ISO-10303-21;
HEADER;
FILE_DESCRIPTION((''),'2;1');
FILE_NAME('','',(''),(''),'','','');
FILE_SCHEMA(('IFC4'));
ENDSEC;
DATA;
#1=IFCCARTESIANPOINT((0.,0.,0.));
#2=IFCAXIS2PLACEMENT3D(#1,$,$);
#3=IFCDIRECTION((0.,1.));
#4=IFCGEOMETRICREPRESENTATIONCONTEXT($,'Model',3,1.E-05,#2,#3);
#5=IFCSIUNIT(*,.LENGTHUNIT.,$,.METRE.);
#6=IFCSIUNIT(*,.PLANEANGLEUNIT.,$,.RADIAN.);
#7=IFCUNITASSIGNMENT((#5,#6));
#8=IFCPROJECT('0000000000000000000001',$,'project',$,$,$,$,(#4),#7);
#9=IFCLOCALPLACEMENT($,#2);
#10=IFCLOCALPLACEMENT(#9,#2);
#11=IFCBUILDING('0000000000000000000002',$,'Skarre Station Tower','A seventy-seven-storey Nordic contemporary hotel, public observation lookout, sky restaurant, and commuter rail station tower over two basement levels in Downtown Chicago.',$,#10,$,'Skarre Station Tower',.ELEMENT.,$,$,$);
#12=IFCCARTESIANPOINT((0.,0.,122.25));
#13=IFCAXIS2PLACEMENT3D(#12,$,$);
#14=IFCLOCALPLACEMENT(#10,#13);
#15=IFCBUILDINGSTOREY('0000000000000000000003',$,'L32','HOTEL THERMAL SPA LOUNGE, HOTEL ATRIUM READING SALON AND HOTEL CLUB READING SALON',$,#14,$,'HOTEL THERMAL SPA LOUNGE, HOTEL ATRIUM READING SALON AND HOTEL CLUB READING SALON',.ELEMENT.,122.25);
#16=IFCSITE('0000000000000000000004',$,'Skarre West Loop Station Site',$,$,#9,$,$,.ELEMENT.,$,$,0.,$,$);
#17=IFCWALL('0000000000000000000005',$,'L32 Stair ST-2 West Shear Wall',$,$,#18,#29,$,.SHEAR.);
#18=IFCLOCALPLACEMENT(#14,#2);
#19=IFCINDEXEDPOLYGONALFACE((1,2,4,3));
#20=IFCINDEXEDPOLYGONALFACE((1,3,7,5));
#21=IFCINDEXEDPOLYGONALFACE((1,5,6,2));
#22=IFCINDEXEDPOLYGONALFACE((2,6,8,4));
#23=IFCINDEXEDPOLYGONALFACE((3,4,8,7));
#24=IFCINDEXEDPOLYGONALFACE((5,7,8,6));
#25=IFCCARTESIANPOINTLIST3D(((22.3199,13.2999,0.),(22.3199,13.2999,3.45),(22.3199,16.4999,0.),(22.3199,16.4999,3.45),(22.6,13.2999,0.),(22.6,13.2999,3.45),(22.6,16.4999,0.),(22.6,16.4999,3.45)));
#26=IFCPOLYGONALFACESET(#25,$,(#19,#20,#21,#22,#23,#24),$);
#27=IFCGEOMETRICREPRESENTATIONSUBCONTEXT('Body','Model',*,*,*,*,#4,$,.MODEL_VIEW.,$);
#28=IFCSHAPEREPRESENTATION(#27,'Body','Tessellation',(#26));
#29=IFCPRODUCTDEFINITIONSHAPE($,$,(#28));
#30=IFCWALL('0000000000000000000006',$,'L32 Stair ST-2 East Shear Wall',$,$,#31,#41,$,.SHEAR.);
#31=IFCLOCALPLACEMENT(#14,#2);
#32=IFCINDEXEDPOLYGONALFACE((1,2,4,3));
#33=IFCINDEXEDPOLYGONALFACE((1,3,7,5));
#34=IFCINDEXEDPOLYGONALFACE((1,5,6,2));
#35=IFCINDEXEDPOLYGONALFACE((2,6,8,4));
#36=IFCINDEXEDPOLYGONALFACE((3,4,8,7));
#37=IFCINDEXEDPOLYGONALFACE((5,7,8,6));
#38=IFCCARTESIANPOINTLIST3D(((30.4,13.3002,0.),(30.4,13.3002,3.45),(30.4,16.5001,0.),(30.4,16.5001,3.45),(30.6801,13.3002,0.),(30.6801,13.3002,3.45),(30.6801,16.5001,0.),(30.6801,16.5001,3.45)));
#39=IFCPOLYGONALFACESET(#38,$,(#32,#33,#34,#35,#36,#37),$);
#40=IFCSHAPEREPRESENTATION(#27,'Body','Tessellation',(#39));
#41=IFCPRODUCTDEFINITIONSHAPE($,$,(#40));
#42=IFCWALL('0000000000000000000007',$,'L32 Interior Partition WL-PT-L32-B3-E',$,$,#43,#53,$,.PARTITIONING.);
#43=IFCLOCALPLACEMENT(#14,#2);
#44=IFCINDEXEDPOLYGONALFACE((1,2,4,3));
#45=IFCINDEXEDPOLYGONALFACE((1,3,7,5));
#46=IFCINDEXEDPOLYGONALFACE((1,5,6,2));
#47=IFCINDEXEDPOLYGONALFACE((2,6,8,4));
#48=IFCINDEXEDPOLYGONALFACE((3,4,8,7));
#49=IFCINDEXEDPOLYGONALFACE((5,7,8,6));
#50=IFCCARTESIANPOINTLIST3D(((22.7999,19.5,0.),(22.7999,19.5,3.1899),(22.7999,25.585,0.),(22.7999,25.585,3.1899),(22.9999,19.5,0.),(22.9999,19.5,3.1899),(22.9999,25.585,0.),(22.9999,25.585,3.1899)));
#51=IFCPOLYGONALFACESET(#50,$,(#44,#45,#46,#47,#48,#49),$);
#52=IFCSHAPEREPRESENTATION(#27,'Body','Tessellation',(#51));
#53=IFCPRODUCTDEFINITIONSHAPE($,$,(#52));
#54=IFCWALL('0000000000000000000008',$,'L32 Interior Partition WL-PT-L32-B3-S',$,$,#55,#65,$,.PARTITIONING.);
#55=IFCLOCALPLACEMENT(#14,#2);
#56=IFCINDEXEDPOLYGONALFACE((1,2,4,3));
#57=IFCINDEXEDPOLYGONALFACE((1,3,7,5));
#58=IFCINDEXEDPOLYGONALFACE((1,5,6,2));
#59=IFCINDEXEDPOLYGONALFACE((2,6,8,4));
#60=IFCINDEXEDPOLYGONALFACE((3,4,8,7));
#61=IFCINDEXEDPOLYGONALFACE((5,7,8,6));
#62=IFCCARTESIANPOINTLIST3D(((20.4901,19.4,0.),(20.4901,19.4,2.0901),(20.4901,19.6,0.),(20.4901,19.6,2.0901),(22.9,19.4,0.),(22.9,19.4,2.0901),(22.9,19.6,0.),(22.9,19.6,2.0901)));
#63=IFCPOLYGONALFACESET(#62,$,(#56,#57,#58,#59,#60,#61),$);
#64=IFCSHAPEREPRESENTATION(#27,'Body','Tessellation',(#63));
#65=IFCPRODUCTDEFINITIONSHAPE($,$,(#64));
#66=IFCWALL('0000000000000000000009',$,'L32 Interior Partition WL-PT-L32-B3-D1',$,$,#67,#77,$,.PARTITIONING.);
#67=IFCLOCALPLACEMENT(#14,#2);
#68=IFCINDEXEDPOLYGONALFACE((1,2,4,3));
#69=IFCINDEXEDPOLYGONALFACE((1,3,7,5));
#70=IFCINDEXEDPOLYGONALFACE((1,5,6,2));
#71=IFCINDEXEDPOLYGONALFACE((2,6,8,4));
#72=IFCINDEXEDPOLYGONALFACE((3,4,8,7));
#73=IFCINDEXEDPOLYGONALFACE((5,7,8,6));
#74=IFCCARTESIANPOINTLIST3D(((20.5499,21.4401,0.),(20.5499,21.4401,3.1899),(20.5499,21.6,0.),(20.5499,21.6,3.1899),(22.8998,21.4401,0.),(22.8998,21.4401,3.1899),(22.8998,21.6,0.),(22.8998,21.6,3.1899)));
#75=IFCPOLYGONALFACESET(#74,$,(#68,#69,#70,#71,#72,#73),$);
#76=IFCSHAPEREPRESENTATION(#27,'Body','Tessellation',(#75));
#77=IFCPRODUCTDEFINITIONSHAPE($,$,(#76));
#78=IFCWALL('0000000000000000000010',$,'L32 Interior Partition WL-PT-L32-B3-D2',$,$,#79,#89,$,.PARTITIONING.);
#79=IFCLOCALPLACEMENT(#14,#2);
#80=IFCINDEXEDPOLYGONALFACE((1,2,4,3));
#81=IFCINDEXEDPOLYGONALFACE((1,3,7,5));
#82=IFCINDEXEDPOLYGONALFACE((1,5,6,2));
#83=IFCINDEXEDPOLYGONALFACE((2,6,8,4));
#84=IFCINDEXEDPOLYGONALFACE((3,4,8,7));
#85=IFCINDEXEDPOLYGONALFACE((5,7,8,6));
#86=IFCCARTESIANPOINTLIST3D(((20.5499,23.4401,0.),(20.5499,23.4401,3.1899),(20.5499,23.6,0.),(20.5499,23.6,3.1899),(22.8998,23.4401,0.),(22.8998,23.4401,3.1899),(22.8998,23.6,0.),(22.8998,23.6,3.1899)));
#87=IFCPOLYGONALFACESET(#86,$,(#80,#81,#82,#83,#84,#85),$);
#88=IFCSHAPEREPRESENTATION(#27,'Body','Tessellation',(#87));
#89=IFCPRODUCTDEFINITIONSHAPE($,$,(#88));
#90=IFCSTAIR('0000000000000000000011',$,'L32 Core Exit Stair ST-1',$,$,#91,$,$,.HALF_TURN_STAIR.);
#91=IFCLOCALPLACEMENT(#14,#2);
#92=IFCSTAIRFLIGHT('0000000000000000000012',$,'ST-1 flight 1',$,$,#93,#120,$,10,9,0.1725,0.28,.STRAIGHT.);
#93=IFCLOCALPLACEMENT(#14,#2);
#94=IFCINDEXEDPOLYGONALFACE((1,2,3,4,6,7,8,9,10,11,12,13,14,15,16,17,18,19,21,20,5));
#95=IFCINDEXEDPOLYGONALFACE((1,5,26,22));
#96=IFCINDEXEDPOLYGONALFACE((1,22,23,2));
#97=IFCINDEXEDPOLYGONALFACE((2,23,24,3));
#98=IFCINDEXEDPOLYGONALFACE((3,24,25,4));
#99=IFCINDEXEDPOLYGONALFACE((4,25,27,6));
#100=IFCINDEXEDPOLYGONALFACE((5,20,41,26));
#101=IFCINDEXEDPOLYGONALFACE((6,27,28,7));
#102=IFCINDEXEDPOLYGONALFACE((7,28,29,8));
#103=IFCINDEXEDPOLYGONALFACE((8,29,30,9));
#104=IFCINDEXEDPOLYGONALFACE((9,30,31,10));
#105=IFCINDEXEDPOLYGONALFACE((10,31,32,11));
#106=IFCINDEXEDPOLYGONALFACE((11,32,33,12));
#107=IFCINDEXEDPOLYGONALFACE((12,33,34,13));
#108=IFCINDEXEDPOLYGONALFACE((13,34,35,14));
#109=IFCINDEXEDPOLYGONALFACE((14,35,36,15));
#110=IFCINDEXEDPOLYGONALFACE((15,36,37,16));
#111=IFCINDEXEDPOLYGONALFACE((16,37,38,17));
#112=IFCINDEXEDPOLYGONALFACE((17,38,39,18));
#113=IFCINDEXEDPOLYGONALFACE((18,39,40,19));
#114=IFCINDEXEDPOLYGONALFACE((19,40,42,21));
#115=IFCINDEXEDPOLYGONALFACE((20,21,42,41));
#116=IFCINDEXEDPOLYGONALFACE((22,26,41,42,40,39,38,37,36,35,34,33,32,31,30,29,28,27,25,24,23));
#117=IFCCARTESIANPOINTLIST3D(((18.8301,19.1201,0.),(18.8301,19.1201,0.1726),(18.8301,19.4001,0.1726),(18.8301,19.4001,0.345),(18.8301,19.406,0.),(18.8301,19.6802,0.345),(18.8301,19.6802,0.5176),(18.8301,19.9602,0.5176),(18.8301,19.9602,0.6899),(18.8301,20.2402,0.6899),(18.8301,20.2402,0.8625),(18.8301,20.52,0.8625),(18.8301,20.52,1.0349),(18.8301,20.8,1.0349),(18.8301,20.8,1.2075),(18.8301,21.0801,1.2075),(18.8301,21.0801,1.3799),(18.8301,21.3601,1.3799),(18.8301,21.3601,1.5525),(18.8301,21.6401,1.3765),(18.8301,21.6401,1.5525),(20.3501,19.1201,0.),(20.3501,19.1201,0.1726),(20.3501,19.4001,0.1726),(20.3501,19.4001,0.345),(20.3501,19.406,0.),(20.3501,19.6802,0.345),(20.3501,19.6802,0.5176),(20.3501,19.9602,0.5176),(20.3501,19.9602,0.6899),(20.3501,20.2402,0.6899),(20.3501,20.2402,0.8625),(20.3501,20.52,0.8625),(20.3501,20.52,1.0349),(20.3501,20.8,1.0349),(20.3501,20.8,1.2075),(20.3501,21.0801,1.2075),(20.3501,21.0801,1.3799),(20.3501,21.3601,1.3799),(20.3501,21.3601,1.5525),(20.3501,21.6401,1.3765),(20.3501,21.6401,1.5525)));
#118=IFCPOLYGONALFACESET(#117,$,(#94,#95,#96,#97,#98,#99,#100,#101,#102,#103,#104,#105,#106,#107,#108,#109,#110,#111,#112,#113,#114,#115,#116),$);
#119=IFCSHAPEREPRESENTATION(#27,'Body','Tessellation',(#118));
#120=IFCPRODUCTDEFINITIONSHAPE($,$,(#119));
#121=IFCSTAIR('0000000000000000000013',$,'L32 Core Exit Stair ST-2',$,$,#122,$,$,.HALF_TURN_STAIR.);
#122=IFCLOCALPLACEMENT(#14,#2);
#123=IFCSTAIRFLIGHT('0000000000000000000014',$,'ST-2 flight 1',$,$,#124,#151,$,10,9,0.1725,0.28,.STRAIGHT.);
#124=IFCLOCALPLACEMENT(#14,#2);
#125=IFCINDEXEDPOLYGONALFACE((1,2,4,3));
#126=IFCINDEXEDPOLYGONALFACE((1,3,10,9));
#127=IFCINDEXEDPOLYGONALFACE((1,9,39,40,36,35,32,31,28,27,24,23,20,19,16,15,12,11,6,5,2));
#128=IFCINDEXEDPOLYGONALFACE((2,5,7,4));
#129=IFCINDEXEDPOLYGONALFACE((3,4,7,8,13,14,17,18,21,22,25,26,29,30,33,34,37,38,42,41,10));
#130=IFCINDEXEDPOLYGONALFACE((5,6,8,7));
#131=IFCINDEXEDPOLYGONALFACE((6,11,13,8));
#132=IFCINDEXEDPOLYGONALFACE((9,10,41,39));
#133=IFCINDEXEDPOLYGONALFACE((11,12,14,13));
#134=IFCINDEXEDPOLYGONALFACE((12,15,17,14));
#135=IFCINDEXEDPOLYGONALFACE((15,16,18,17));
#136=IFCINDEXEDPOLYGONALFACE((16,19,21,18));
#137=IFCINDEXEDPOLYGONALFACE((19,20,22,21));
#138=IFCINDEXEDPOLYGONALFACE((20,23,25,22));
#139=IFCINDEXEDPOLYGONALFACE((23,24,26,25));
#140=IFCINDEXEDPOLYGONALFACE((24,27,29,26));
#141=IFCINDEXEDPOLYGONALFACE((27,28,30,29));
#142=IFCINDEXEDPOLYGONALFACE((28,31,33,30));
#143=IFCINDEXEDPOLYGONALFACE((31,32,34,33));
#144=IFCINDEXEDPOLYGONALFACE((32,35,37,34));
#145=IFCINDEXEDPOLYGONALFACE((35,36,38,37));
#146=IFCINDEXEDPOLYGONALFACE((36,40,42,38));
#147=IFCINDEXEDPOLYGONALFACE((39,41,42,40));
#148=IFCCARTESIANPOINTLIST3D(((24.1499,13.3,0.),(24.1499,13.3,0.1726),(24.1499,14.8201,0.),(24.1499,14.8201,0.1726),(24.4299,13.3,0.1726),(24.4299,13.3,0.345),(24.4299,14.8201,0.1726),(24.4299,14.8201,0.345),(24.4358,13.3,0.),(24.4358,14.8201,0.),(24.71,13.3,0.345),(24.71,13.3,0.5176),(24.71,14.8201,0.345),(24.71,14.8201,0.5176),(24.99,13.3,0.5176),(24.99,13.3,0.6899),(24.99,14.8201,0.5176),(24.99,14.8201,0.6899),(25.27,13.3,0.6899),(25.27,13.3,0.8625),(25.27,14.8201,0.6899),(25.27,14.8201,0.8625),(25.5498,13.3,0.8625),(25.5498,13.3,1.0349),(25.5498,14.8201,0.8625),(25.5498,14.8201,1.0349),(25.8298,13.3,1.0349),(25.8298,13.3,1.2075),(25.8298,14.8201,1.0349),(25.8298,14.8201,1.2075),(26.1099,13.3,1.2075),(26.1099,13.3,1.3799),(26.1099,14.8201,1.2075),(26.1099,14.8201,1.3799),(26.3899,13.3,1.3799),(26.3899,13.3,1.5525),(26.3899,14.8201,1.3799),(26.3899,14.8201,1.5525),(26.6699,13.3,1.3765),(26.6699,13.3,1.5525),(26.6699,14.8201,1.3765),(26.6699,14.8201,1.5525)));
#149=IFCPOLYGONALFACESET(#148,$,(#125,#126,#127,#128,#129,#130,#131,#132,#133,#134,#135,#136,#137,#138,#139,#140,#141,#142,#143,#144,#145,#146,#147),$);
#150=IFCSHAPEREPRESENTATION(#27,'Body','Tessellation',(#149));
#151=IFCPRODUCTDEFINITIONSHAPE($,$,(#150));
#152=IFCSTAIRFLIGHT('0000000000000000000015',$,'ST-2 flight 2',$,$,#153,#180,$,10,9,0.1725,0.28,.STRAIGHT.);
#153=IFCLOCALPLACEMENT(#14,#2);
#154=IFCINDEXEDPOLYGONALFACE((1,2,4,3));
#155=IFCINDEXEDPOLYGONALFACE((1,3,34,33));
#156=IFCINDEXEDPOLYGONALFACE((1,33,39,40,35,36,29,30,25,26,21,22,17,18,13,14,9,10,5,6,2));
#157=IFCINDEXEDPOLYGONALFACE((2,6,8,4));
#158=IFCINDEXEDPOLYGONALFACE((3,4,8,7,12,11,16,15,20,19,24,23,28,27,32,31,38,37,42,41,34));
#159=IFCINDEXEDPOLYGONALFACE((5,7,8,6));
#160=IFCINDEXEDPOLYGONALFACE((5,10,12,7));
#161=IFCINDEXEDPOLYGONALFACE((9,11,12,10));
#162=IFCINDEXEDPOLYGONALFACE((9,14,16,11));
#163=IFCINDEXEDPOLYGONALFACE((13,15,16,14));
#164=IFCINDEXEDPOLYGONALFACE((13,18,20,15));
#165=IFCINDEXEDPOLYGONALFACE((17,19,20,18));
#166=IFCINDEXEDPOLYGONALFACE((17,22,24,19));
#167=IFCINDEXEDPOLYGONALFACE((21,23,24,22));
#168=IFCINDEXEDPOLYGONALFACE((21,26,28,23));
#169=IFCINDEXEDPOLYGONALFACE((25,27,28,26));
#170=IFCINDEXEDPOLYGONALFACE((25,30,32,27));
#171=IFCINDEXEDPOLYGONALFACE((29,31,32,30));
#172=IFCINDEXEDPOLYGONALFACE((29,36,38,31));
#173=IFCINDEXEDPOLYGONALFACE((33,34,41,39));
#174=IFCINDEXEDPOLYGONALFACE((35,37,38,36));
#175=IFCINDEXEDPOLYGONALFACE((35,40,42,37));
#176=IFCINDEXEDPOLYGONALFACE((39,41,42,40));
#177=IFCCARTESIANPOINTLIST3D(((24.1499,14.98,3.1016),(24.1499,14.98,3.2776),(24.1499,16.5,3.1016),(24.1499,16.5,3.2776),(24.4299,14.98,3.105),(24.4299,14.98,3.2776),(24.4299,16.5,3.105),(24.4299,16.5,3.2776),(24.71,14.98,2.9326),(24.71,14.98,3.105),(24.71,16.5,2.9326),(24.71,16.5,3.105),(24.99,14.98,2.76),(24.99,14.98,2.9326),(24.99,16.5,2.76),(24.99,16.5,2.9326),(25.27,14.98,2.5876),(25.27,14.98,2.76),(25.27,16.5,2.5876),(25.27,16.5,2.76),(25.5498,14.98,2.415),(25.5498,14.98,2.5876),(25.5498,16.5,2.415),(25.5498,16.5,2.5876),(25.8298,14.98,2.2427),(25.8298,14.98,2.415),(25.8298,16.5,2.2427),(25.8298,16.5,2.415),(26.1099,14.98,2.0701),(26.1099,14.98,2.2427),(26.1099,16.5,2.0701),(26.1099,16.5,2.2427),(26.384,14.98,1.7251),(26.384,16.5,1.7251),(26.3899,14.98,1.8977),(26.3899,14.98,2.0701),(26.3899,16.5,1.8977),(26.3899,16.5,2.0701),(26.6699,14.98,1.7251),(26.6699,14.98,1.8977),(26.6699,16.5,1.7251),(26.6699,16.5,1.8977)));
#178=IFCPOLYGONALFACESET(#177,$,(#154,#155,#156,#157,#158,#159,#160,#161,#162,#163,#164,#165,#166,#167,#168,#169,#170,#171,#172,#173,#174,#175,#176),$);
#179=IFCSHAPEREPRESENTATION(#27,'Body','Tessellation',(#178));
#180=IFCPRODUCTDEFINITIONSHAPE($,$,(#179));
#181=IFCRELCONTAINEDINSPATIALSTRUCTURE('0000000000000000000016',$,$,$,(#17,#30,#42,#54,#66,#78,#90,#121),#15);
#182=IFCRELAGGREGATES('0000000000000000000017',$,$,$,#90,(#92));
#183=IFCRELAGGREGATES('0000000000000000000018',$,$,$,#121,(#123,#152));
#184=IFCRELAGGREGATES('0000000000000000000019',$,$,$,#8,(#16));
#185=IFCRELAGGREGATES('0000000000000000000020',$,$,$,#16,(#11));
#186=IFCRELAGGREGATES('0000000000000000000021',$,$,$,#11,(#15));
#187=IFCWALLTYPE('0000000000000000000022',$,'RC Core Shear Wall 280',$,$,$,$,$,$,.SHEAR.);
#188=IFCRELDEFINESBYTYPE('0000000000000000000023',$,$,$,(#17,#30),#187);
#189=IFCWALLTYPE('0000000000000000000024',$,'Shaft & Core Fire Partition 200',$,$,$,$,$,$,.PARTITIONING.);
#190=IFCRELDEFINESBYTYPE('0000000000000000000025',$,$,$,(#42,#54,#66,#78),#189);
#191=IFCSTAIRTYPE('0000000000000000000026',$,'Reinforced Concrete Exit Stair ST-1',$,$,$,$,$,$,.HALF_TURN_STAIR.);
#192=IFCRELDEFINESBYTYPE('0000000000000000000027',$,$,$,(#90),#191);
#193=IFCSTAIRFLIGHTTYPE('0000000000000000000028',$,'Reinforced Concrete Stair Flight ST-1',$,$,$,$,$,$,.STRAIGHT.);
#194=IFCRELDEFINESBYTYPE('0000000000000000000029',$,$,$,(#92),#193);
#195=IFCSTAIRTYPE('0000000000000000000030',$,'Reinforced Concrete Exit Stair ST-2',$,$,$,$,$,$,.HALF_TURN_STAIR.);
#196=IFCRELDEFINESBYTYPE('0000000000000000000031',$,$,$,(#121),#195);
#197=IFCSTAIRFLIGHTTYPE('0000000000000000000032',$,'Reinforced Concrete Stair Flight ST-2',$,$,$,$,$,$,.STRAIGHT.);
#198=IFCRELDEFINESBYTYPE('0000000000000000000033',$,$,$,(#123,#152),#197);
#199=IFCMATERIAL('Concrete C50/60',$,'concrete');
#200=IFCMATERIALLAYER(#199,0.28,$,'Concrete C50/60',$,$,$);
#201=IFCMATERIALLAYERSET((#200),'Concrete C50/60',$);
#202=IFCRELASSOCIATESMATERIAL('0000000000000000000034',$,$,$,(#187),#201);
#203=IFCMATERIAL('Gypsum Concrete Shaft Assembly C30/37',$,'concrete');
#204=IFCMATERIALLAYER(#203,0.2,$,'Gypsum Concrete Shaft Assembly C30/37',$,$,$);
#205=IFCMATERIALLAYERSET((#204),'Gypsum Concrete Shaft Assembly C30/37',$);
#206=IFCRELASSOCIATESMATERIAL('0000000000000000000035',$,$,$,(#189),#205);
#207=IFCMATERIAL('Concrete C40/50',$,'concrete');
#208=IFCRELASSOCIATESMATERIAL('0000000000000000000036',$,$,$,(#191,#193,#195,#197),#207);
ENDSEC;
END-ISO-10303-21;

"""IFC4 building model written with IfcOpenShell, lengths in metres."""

from ifc_helpers import new_model, si_unit, direction, frame, frame_2d, origin, place, context, subcontext, project, spatial, polyline, rectangle, outline, extrude, material, layer, layer_set, type_object, element, aggregate, save


model = new_model("IFC4")

# Units and contexts
model_context = context("Model", 3, precision=1e-05, world=origin(), true_north=direction((0.0, 1.0)))
body_context = subcontext(model_context, "Body", "Model", "MODEL_VIEW")
ifc_project = project(units=[si_unit("LENGTHUNIT", "METRE"), si_unit("PLANEANGLEUNIT", "RADIAN")], contexts=[model_context])

# Site, building, storey
site_placement = place(None, origin())
site = spatial("IfcSite", under=ifc_project, at=site_placement, Name="Skarre West Loop Station Site", CompositionType="ELEMENT", RefElevation=0.0)
building_placement = place(site_placement, origin())
building = spatial("IfcBuilding", under=site, at=building_placement, Name="Skarre Station Tower", Description="A seventy-seven-storey Nordic contemporary hotel, public observation lookout, sky restaurant, and commuter rail station tower over two basement levels in Downtown Chicago.", LongName="Skarre Station Tower", CompositionType="ELEMENT")
storey_placement = place(building_placement, frame((0.0, 0.0, 122.25)))
storey = spatial("IfcBuildingStorey", under=building, at=storey_placement, Name="L32", Description="HOTEL THERMAL SPA LOUNGE, HOTEL ATRIUM READING SALON AND HOTEL CLUB READING SALON", LongName="HOTEL THERMAL SPA LOUNGE, HOTEL ATRIUM READING SALON AND HOTEL CLUB READING SALON", CompositionType="ELEMENT", Elevation=122.25)

# Shared definitions
ifc_material_1 = material(Name="Concrete C50/60", Category="concrete")
ifc_layer_1 = layer(ifc_material_1, 0.28, Name="Concrete C50/60")
ifc_layer_set_1 = layer_set([ifc_layer_1], Name="Concrete C50/60")
wall_type_1 = type_object("IfcWallType", Name="RC Core Shear Wall 280", PredefinedType="SHEAR", material=ifc_layer_set_1)

# Walls
for number, where, z_axis, x_axis, name in (
    (1, (22.46, 16.5, 0.0), (0.0, 0.0, 1.0), (0.0, -1.0, 0.0), "L32 Stair ST-2 West Shear Wall"),
    (2, (30.54, 13.3, 0.0), (0.0, 0.0, 1.0), (0.0, 1.0, 0.0), "L32 Stair ST-2 East Shear Wall"),
):
    element("IfcWall", number, at=place(storey_placement, frame(where, z_axis=z_axis, x_axis=x_axis)), inside=storey, type_object=wall_type_1, Name=name, PredefinedType="SHEAR", context=body_context, shape_type="SweptSolid", body=[
        extrude(rectangle(XDim=3.2, YDim=0.28, at=frame_2d((1.6001, 0.0))), origin(), (0.0, 0.0, 1.0), 3.45),
    ])
ifc_material_2 = material(Name="Gypsum Concrete Shaft Assembly C30/37", Category="concrete")
ifc_layer_2 = layer(ifc_material_2, 0.2, Name="Gypsum Concrete Shaft Assembly C30/37")
ifc_layer_set_2 = layer_set([ifc_layer_2], Name="Gypsum Concrete Shaft Assembly C30/37")
wall_type_2 = type_object("IfcWallType", Name="Shaft & Core Fire Partition 200", PredefinedType="PARTITIONING", material=ifc_layer_set_2)
wall_1_placement = place(storey_placement, frame((22.8999, 19.5, 0.0), z_axis=(0.0, 0.0, 1.0), x_axis=(0.0, 1.0, 0.0)))
element("IfcWall", 3, at=wall_1_placement, inside=storey, type_object=wall_type_2, Name="L32 Interior Partition WL-PT-L32-B3-E", PredefinedType="PARTITIONING", context=body_context, shape_type="SweptSolid", body=[
    extrude(rectangle(XDim=6.085, YDim=0.2, at=frame_2d((3.0425, 0.0))), origin(), (0.0, 0.0, 1.0), 3.1899),
])
wall_2_placement = place(storey_placement, frame((20.49, 19.5, 0.0), z_axis=(0.0, 0.0, 1.0), x_axis=(1.0, 0.0, 0.0)))
element("IfcWall", 4, at=wall_2_placement, inside=storey, type_object=wall_type_2, Name="L32 Interior Partition WL-PT-L32-B3-S", PredefinedType="PARTITIONING", context=body_context, shape_type="SweptSolid", body=[
    extrude(rectangle(XDim=2.4099, YDim=0.2, at=frame_2d((1.2051, 0.0))), origin(), (0.0, 0.0, 1.0), 2.0901),
])
for number, where, z_axis, x_axis, name in (
    (5, (20.55, 21.52, 0.0), (0.0, 0.0, 1.0), (1.0, 0.0, 0.0), "L32 Interior Partition WL-PT-L32-B3-D1"),
    (6, (20.55, 23.52, 0.0), (0.0, 0.0, 1.0), (1.0, 0.0, 0.0), "L32 Interior Partition WL-PT-L32-B3-D2"),
):
    element("IfcWall", number, at=place(storey_placement, frame(where, z_axis=z_axis, x_axis=x_axis)), inside=storey, type_object=wall_type_2, Name=name, PredefinedType="PARTITIONING", context=body_context, shape_type="SweptSolid", body=[
        extrude(rectangle(XDim=2.3499, YDim=0.1599, at=frame_2d((1.1748, 0.0))), origin(), (0.0, 0.0, 1.0), 3.1899),
    ])

# Stair, stair flight
ifc_material_3 = material(Name="Concrete C40/50", Category="concrete")
stair_type_1 = type_object("IfcStairType", Name="Reinforced Concrete Exit Stair ST-1", PredefinedType="HALF_TURN_STAIR", material=ifc_material_3)
stair_1_placement = place(storey_placement, origin())
stair_1 = element("IfcStair", 7, at=stair_1_placement, inside=storey, type_object=stair_type_1, Name="L32 Core Exit Stair ST-1", PredefinedType="HALF_TURN_STAIR")
stair_flight_type_1 = type_object("IfcStairFlightType", Name="Reinforced Concrete Stair Flight ST-1", PredefinedType="STRAIGHT", material=ifc_material_3)
stair_flight_1_placement = place(storey_placement, frame((19.5901, 19.1201, 0.0), z_axis=(0.0, 0.0, 1.0), x_axis=(0.0, 1.0, 0.0)))
stair_flight_1 = element("IfcStairFlight", 8, at=stair_flight_1_placement, type_object=stair_flight_type_1, Name="ST-1 flight 1", NumberOfRisers=10, NumberOfTreads=9, PredefinedType="STRAIGHT", RiserHeight=0.1725, TreadLength=0.28, context=body_context, shape_type="SweptSolid", body=[
    extrude(outline(polyline([(0.0, 0.0), (0.0, 0.1726), (0.28, 0.1726), (0.28, 0.345), (0.5601, 0.345), (0.5601, 0.5176), (0.8401, 0.5176), (0.8401, 0.6899), (1.1201, 0.6899), (1.1201, 0.8625), (1.3999, 0.8625), (1.3999, 1.0349), (1.6799, 1.0349), (1.6799, 1.2075), (1.96, 1.2075), (1.96, 1.3799), (2.24, 1.3799), (2.24, 1.5525), (2.52, 1.5525), (2.52, 1.7251), (2.52, 1.3765), (0.2859, 0.0), (0.0, 0.0)])), frame((0.0, 0.76, 0.0), z_axis=(0.0, -1.0, 0.0), x_axis=(1.0, 0.0, 0.0)), (0.0, 0.0, 1.0), 1.52),
])
aggregate(stair_1, [stair_flight_1])

# Stair, stair flights
stair_type_2 = type_object("IfcStairType", Name="Reinforced Concrete Exit Stair ST-2", PredefinedType="HALF_TURN_STAIR", material=ifc_material_3)
stair_2_placement = place(storey_placement, origin())
stair_2 = element("IfcStair", 9, at=stair_2_placement, inside=storey, type_object=stair_type_2, Name="L32 Core Exit Stair ST-2", PredefinedType="HALF_TURN_STAIR")
stair_flight_type_2 = type_object("IfcStairFlightType", Name="Reinforced Concrete Stair Flight ST-2", PredefinedType="STRAIGHT", material=ifc_material_3)
stair_flight_2_placement = place(storey_placement, frame((24.1499, 14.0601, 0.0), z_axis=(0.0, 0.0, 1.0), x_axis=(1.0, 0.0, 0.0)))
stair_flight_2 = element("IfcStairFlight", 10, at=stair_flight_2_placement, type_object=stair_flight_type_2, Name="ST-2 flight 1", NumberOfRisers=10, NumberOfTreads=9, PredefinedType="STRAIGHT", RiserHeight=0.1725, TreadLength=0.28, context=body_context, shape_type="SweptSolid", body=[
    extrude(outline(polyline([(0.0, 0.0), (0.0, 0.1726), (0.28, 0.1726), (0.28, 0.345), (0.5601, 0.345), (0.5601, 0.5176), (0.8401, 0.5176), (0.8401, 0.6899), (1.1201, 0.6899), (1.1201, 0.8625), (1.3999, 0.8625), (1.3999, 1.0349), (1.6799, 1.0349), (1.6799, 1.2075), (1.96, 1.2075), (1.96, 1.3799), (2.24, 1.3799), (2.24, 1.5525), (2.52, 1.5525), (2.52, 1.7251), (2.52, 1.3765), (0.2859, 0.0), (0.0, 0.0)])), frame((0.0, 0.76, 0.0), z_axis=(0.0, -1.0, 0.0), x_axis=(1.0, 0.0, 0.0)), (0.0, 0.0, 1.0), 1.52),
])
stair_flight_3_placement = place(storey_placement, frame((26.6699, 15.74, 1.7251), z_axis=(0.0, 0.0, 1.0), x_axis=(-1.0, 0.0, 0.0)))
stair_flight_3 = element("IfcStairFlight", 11, at=stair_flight_3_placement, type_object=stair_flight_type_2, Name="ST-2 flight 2", NumberOfRisers=10, NumberOfTreads=9, PredefinedType="STRAIGHT", RiserHeight=0.1725, TreadLength=0.28, context=body_context, shape_type="SweptSolid", body=[
    extrude(outline(polyline([(0.0, 0.0), (0.0, 0.1726), (0.28, 0.1726), (0.28, 0.345), (0.5601, 0.345), (0.5601, 0.5176), (0.8401, 0.5176), (0.8401, 0.6899), (1.1201, 0.6899), (1.1201, 0.8625), (1.3999, 0.8625), (1.3999, 1.0349), (1.6799, 1.0349), (1.6799, 1.2075), (1.96, 1.2075), (1.96, 1.3799), (2.24, 1.3799), (2.24, 1.5525), (2.52, 1.5525), (2.52, 1.7251), (2.52, 1.3765), (0.2859, 0.0), (0.0, 0.0)])), frame((0.0, 0.76, 0.0), z_axis=(0.0, -1.0, 0.0), x_axis=(1.0, 0.0, 0.0)), (0.0, 0.0, 1.0), 1.52),
])
aggregate(stair_2, [stair_flight_2, stair_flight_3])

save(model, "model.ifc")
